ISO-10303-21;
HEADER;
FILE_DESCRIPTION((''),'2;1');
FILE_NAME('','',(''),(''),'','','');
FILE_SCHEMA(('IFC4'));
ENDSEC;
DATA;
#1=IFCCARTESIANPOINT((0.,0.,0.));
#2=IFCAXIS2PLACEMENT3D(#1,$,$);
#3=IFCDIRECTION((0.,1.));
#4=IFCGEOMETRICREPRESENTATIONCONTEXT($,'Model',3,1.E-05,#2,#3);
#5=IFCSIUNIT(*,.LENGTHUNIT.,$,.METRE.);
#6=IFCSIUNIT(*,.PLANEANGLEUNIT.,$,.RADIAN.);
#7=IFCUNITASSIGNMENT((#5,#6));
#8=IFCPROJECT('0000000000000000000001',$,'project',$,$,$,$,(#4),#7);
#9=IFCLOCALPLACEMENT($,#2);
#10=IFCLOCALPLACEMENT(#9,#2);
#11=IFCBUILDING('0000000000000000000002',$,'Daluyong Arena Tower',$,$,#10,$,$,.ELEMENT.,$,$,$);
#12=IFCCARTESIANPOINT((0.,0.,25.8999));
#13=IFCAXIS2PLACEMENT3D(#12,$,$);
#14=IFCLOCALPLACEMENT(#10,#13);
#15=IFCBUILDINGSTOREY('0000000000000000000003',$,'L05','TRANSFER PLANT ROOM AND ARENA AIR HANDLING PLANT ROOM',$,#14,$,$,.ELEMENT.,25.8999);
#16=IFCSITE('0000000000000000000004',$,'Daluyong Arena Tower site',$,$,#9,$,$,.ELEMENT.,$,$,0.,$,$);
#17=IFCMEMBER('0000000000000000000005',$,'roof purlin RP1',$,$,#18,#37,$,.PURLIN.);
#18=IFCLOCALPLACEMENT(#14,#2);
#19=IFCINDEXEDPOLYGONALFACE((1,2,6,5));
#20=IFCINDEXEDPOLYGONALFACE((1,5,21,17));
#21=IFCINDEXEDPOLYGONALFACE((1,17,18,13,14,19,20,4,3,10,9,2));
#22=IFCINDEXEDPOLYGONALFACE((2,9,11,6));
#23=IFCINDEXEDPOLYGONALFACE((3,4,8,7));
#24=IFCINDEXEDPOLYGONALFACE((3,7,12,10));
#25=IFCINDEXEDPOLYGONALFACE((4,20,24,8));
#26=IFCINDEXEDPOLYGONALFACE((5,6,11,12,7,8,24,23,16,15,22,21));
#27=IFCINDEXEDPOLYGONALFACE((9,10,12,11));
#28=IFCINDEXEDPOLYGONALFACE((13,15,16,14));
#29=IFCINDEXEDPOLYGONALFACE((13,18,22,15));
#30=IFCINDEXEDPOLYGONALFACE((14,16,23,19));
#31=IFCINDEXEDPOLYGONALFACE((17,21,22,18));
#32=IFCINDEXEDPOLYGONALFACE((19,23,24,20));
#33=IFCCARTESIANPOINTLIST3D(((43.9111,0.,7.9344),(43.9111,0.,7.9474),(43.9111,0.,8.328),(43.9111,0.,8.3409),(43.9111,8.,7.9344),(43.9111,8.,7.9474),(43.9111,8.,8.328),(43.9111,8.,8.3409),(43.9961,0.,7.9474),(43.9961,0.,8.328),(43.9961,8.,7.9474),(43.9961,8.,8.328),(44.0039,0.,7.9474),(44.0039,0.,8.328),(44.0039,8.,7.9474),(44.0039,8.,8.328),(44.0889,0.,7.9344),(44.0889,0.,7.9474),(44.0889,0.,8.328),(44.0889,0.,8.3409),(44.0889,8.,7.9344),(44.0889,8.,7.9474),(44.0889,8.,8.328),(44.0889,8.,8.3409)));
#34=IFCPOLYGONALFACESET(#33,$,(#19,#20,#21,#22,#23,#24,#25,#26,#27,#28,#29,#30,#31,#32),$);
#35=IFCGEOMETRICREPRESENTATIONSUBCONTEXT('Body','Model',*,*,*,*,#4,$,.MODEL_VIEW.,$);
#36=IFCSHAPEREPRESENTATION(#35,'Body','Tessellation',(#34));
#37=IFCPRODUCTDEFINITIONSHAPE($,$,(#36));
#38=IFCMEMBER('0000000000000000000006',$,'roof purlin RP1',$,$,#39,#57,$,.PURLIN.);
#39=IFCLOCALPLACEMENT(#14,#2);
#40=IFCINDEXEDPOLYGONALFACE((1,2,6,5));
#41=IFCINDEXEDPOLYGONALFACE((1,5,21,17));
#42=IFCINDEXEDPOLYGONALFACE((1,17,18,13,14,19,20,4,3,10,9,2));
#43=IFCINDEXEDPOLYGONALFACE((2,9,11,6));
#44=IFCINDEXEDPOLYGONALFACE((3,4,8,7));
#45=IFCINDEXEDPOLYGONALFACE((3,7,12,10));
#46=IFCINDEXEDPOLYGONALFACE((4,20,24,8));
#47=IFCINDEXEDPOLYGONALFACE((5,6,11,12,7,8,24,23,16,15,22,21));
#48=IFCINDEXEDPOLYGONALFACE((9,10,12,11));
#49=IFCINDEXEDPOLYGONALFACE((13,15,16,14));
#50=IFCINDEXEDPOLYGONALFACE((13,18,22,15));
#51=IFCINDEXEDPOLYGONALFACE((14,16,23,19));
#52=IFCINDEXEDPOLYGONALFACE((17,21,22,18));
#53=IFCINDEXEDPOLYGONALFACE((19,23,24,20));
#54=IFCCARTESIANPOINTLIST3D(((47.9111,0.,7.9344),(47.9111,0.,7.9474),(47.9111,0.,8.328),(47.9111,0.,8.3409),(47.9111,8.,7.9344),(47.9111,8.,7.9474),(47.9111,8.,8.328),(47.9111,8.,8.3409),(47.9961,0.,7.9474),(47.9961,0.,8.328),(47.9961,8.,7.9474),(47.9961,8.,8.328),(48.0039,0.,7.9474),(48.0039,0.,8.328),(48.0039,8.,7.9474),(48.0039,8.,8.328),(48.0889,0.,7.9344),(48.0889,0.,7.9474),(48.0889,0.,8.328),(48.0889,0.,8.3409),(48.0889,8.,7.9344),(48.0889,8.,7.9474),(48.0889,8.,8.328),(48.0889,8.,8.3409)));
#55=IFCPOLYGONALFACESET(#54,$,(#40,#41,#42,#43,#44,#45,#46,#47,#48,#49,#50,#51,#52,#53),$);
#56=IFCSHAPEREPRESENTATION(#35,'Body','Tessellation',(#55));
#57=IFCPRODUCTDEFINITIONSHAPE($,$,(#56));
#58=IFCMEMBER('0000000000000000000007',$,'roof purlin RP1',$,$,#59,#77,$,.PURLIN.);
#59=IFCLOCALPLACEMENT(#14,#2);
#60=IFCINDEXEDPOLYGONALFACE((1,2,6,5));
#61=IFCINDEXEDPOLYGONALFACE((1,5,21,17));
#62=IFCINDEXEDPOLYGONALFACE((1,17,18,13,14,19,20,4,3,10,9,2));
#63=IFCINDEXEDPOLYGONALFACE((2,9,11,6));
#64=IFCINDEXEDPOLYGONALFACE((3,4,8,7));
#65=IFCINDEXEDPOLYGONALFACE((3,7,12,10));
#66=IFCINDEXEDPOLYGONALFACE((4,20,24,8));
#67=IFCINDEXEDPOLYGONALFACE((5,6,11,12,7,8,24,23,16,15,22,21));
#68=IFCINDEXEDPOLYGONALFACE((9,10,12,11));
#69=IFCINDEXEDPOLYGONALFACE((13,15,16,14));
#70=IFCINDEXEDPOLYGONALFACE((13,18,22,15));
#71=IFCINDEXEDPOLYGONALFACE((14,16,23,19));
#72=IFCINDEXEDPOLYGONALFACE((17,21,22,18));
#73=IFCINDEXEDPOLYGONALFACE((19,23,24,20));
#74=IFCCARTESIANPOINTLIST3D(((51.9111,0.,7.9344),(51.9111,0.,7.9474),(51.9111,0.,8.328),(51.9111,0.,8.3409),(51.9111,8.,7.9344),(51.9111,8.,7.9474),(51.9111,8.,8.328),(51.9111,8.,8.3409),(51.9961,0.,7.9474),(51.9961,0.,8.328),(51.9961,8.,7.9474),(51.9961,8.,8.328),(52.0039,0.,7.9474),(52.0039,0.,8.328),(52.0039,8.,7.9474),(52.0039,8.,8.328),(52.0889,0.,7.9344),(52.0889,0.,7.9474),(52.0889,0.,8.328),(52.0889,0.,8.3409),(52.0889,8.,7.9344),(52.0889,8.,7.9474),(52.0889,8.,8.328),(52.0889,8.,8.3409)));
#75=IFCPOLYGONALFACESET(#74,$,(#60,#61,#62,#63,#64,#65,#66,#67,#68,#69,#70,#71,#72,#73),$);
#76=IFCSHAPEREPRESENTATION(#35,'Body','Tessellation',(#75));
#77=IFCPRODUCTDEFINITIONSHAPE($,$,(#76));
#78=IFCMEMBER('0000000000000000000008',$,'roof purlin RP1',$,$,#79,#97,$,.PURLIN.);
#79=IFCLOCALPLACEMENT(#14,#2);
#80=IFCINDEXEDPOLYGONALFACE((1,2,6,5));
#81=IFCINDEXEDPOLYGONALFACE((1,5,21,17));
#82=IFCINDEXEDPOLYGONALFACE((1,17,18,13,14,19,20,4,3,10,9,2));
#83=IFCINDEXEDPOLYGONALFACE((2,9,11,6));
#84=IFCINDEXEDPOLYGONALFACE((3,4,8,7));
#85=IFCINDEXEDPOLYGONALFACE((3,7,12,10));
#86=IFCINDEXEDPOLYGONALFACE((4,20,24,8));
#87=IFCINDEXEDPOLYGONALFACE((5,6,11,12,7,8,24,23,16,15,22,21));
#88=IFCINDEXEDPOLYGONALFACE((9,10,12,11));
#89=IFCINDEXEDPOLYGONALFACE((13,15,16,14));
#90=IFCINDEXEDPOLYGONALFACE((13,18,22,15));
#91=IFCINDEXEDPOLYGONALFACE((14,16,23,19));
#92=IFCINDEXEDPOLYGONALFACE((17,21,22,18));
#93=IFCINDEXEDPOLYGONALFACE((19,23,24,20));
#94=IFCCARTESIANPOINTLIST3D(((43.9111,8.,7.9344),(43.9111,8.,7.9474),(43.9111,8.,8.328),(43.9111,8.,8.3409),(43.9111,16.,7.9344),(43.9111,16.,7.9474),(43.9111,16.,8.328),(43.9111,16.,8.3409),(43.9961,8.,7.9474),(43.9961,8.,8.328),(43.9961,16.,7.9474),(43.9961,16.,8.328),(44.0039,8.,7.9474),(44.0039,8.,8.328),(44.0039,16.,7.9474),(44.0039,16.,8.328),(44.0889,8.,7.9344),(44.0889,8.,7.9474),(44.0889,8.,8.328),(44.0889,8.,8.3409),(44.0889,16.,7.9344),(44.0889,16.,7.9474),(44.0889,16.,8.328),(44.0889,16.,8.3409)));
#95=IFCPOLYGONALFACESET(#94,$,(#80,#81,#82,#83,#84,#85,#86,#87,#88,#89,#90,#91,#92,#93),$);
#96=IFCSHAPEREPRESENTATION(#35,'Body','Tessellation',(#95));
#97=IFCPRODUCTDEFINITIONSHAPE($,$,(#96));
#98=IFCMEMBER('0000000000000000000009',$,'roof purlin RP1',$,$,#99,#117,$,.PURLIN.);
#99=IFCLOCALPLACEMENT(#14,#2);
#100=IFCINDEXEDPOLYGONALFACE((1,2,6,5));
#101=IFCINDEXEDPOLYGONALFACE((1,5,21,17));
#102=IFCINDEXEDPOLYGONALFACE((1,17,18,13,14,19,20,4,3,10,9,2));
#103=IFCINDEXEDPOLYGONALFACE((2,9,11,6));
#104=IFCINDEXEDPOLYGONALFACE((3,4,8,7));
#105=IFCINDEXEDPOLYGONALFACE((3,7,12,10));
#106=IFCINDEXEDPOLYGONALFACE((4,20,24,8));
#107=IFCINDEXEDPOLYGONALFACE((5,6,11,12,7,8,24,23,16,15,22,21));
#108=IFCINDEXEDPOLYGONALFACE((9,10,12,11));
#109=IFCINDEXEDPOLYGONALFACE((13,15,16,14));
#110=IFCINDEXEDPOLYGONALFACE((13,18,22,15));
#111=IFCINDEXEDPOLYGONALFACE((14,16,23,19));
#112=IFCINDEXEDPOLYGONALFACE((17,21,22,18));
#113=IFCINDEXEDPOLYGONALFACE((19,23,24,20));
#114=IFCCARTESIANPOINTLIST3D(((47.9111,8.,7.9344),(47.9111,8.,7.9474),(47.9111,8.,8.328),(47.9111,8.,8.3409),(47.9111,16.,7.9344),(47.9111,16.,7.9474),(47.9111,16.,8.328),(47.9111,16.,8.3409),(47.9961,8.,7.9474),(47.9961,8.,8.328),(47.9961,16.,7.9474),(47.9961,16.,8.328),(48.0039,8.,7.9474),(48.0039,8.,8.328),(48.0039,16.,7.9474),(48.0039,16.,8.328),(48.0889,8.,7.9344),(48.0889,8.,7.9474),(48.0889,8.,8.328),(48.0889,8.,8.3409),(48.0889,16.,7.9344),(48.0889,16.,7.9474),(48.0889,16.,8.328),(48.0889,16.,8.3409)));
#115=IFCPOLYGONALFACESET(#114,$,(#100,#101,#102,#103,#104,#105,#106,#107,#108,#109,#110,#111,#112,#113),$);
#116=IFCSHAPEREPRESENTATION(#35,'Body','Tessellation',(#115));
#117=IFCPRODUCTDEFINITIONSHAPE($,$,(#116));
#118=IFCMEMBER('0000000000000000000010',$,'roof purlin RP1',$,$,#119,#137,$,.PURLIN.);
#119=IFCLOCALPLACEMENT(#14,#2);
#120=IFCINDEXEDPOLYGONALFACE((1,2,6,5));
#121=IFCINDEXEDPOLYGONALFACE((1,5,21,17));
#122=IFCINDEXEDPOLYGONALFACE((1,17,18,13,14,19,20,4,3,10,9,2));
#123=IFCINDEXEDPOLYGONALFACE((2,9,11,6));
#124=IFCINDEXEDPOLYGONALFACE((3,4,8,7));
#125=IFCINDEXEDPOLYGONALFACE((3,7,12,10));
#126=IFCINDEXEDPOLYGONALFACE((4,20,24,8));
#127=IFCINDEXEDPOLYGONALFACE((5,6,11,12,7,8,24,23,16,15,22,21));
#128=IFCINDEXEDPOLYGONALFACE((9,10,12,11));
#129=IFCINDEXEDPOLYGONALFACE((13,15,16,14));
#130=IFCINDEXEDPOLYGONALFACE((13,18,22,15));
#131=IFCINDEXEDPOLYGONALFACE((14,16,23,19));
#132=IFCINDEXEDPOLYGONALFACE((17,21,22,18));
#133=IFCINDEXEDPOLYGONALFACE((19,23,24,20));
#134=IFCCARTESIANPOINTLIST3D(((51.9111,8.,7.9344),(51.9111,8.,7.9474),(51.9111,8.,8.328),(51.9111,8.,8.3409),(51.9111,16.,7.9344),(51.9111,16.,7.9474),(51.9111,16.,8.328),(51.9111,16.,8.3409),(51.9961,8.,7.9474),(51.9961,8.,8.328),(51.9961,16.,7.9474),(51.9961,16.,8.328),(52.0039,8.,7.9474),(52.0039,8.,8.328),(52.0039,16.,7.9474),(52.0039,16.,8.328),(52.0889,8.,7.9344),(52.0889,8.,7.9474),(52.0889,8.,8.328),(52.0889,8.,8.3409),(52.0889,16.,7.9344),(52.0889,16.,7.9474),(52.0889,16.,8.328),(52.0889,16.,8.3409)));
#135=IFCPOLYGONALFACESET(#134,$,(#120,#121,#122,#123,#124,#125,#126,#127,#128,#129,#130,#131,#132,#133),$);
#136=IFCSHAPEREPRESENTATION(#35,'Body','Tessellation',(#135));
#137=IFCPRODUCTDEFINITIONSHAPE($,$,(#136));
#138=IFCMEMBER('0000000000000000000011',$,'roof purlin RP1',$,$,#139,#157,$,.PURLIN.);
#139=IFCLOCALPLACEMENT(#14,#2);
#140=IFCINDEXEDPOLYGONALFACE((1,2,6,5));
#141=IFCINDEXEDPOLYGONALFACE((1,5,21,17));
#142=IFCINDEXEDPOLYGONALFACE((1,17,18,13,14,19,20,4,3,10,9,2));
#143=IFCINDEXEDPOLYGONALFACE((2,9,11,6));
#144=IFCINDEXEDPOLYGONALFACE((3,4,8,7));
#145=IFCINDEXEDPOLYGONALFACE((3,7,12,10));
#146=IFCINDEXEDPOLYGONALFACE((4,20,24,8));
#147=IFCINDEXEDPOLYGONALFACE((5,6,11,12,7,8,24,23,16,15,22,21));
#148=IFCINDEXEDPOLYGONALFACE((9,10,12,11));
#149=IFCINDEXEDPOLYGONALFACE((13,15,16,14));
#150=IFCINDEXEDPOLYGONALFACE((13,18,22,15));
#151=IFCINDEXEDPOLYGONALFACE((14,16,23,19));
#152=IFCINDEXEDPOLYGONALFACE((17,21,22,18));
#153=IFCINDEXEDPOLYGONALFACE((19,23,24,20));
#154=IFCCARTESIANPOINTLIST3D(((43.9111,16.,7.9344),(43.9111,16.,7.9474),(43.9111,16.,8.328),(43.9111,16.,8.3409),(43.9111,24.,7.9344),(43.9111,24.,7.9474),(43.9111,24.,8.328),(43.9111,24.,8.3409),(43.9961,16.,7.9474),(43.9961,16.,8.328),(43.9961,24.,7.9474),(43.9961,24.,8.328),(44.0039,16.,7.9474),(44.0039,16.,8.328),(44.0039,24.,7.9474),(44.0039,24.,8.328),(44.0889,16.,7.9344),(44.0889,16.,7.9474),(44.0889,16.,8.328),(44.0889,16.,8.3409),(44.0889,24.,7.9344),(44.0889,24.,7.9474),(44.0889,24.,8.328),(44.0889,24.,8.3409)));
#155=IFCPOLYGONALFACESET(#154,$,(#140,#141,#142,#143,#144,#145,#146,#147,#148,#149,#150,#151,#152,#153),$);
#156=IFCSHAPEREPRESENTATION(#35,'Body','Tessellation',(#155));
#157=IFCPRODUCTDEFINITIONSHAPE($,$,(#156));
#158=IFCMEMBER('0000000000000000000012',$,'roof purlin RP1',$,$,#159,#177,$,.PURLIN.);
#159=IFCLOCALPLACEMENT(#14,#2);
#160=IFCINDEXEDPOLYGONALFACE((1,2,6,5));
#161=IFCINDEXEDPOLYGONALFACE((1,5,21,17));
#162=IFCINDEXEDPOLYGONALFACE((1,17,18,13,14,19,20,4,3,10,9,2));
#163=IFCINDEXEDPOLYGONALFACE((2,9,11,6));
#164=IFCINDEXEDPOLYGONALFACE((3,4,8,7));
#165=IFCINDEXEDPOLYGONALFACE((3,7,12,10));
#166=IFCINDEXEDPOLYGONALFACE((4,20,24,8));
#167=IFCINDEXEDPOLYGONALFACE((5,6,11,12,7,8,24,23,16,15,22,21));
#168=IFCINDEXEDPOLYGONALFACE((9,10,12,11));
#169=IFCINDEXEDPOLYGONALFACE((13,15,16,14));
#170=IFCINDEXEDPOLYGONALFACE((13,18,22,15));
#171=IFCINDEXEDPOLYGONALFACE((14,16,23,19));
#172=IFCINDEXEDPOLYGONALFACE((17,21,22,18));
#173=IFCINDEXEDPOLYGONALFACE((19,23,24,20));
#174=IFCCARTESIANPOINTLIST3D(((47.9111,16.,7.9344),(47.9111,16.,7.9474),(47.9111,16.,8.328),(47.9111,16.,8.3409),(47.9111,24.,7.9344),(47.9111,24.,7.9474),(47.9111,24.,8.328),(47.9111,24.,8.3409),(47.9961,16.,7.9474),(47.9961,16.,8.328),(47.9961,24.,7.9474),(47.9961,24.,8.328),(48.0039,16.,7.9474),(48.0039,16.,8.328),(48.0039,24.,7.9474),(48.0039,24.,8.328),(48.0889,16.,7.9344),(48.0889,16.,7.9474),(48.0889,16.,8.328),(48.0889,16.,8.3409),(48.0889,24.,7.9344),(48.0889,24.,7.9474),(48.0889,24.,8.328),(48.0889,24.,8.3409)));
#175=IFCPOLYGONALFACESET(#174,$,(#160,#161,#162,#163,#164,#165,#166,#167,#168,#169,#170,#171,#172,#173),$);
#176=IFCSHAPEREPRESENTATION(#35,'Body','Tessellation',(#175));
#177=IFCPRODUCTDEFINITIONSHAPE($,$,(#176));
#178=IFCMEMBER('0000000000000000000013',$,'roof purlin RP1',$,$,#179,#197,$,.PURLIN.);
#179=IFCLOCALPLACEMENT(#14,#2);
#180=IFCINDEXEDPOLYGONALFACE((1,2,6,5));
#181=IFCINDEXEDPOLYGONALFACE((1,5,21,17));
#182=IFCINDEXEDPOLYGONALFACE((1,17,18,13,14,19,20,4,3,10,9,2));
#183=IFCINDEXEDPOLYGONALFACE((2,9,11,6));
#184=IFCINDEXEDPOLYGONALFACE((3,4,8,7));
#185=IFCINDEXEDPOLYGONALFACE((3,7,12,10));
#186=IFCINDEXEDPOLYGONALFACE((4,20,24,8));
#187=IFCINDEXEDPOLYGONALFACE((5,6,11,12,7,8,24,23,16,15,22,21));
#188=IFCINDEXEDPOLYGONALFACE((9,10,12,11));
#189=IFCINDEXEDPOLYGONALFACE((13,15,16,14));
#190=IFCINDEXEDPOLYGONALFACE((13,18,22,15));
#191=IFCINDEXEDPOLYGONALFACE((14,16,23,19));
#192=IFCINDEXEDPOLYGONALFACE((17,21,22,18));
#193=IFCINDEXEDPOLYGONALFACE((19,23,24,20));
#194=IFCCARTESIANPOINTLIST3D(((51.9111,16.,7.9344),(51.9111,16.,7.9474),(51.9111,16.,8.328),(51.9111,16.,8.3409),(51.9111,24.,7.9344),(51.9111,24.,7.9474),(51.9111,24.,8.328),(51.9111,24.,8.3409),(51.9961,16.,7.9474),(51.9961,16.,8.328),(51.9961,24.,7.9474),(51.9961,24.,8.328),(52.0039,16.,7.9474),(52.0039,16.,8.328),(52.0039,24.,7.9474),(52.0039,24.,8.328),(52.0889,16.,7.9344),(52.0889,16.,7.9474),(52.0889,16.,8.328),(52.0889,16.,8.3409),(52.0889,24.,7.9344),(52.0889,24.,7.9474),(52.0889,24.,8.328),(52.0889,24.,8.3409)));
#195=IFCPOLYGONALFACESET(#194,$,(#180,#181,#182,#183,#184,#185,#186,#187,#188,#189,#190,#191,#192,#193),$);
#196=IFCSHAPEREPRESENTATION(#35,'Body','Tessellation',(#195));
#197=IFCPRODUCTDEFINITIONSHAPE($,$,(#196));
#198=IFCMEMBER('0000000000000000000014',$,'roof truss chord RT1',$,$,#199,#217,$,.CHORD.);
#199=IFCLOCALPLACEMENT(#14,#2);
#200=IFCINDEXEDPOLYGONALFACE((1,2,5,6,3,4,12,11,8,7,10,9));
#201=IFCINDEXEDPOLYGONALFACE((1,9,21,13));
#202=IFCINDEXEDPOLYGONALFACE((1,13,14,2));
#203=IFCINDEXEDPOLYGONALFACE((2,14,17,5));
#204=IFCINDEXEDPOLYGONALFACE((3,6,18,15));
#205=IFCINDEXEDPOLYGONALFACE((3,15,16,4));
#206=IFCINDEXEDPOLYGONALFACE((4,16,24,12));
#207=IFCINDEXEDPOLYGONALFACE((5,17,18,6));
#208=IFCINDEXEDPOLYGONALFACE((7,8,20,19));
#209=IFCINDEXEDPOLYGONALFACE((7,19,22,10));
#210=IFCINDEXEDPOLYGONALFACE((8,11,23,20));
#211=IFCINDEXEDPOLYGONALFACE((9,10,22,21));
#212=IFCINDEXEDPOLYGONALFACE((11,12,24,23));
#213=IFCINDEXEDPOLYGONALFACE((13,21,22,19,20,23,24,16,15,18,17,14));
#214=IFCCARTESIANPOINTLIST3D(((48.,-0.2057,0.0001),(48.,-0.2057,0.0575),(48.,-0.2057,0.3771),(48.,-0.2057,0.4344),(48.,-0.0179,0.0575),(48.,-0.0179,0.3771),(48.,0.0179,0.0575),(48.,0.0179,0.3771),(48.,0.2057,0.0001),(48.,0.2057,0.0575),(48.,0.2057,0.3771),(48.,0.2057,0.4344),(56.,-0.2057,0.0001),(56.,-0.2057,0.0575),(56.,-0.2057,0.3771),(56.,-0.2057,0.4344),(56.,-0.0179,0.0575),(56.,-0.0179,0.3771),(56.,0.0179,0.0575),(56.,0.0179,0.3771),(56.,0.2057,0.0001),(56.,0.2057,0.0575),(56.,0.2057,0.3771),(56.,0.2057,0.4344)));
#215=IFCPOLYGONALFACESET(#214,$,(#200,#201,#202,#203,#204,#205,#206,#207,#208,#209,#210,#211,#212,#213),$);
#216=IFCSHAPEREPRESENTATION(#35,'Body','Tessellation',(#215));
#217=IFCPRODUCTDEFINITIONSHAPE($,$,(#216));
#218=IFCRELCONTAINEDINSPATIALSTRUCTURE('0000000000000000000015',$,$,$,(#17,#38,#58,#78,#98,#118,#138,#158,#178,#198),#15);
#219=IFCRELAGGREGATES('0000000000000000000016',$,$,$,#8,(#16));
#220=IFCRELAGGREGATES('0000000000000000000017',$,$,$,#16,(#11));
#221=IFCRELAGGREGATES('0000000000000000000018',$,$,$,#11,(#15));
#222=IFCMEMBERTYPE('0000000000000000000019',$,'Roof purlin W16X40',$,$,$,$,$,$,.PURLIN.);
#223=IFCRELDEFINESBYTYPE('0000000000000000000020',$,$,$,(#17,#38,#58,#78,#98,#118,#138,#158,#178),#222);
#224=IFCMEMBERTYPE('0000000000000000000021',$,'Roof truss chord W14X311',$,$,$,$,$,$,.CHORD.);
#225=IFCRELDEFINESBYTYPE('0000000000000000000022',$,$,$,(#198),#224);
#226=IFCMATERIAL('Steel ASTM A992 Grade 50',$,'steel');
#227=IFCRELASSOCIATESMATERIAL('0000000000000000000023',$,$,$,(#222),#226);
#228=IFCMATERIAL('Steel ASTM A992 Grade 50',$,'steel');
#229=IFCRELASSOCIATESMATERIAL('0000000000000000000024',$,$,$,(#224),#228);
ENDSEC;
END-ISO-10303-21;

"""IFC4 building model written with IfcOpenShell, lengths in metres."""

from ifc_helpers import new_model, si_unit, direction, frame, origin, origin_2d, place, context, subcontext, project, spatial, i_section, extrude, material, material_profile, profile_set, type_object, element, save


model = new_model("IFC4")

# Units and contexts
model_context = context("Model", 3, precision=1e-05, world=origin(), true_north=direction((0.0, 1.0)))
body_context = subcontext(model_context, "Body", "Model", "MODEL_VIEW")
ifc_project = project(units=[si_unit("LENGTHUNIT", "METRE"), si_unit("PLANEANGLEUNIT", "RADIAN")], contexts=[model_context])

# Site, building, storey
site_placement = place(None, origin())
site = spatial("IfcSite", under=ifc_project, at=site_placement, Name="Daluyong Arena Tower site", CompositionType="ELEMENT", RefElevation=0.0)
building_placement = place(site_placement, origin())
building = spatial("IfcBuilding", under=site, at=building_placement, Name="Daluyong Arena Tower", CompositionType="ELEMENT")
storey_placement = place(building_placement, frame((0.0, 0.0, 25.8999)))
storey = spatial("IfcBuildingStorey", under=building, at=storey_placement, Name="L05", Description="TRANSFER PLANT ROOM AND ARENA AIR HANDLING PLANT ROOM", CompositionType="ELEMENT", Elevation=25.8999)

# Members
ifc_material_1 = material(Name="Steel ASTM A992 Grade 50", Category="steel")
ifc_material_profile_1 = material_profile(ifc_material_1, i_section(OverallWidth=0.1777, OverallDepth=0.4065, WebThickness=0.0078, FlangeThickness=0.0129, at=origin_2d()))
ifc_profile_set_1 = profile_set([ifc_material_profile_1], Name="Steel ASTM A992 Grade 50")
member_type_1 = type_object("IfcMemberType", Name="Roof purlin W16X40", PredefinedType="PURLIN", material=ifc_profile_set_1)
for number, where, z_axis, x_axis, name in (
    (1, (44.0, 0.0, 8.1377), (0.0, 1.0, 0.0), (-1.0, 0.0, 0.0), "roof purlin RP1"),
    (2, (48.0, 0.0, 8.1377), (0.0, 1.0, 0.0), (-1.0, 0.0, 0.0), "roof purlin RP1"),
    (3, (52.0, 0.0, 8.1377), (0.0, 1.0, 0.0), (-1.0, 0.0, 0.0), "roof purlin RP1"),
    (4, (44.0, 8.0, 8.1377), (0.0, 1.0, 0.0), (-1.0, 0.0, 0.0), "roof purlin RP1"),
    (5, (48.0, 8.0, 8.1377), (0.0, 1.0, 0.0), (-1.0, 0.0, 0.0), "roof purlin RP1"),
    (6, (52.0, 8.0, 8.1377), (0.0, 1.0, 0.0), (-1.0, 0.0, 0.0), "roof purlin RP1"),
    (7, (44.0, 16.0, 8.1377), (0.0, 1.0, 0.0), (-1.0, 0.0, 0.0), "roof purlin RP1"),
    (8, (48.0, 16.0, 8.1377), (0.0, 1.0, 0.0), (-1.0, 0.0, 0.0), "roof purlin RP1"),
    (9, (52.0, 16.0, 8.1377), (0.0, 1.0, 0.0), (-1.0, 0.0, 0.0), "roof purlin RP1"),
):
    element("IfcMember", number, at=place(storey_placement, frame(where, z_axis=z_axis, x_axis=x_axis)), inside=storey, type_object=member_type_1, Name=name, PredefinedType="PURLIN", context=body_context, shape_type="SweptSolid", body=[
        extrude(i_section(OverallWidth=0.1777, OverallDepth=0.4065, WebThickness=0.0078, FlangeThickness=0.0129, at=origin_2d()), origin(), (0.0, 0.0, 1.0), 8.0),
    ])
ifc_material_2 = material(Name="Steel ASTM A992 Grade 50", Category="steel")
ifc_material_profile_2 = material_profile(ifc_material_2, i_section(OverallWidth=0.4114, OverallDepth=0.4343, WebThickness=0.0359, FlangeThickness=0.0574, at=origin_2d()))
ifc_profile_set_2 = profile_set([ifc_material_profile_2], Name="Steel ASTM A992 Grade 50")
member_type_2 = type_object("IfcMemberType", Name="Roof truss chord W14X311", PredefinedType="CHORD", material=ifc_profile_set_2)
for number, where, z_axis, x_axis, name in (
    (10, (48.0, 0.0, 0.2173), (1.0, 0.0, 0.0), (0.0, 1.0, 0.0), "roof truss chord RT1"),
):
    element("IfcMember", number, at=place(storey_placement, frame(where, z_axis=z_axis, x_axis=x_axis)), inside=storey, type_object=member_type_2, Name=name, PredefinedType="CHORD", context=body_context, shape_type="SweptSolid", body=[
        extrude(i_section(OverallWidth=0.4114, OverallDepth=0.4343, WebThickness=0.0359, FlangeThickness=0.0574, at=origin_2d()), origin(), (0.0, 0.0, 1.0), 8.0),
    ])

save(model, "model.ifc")
